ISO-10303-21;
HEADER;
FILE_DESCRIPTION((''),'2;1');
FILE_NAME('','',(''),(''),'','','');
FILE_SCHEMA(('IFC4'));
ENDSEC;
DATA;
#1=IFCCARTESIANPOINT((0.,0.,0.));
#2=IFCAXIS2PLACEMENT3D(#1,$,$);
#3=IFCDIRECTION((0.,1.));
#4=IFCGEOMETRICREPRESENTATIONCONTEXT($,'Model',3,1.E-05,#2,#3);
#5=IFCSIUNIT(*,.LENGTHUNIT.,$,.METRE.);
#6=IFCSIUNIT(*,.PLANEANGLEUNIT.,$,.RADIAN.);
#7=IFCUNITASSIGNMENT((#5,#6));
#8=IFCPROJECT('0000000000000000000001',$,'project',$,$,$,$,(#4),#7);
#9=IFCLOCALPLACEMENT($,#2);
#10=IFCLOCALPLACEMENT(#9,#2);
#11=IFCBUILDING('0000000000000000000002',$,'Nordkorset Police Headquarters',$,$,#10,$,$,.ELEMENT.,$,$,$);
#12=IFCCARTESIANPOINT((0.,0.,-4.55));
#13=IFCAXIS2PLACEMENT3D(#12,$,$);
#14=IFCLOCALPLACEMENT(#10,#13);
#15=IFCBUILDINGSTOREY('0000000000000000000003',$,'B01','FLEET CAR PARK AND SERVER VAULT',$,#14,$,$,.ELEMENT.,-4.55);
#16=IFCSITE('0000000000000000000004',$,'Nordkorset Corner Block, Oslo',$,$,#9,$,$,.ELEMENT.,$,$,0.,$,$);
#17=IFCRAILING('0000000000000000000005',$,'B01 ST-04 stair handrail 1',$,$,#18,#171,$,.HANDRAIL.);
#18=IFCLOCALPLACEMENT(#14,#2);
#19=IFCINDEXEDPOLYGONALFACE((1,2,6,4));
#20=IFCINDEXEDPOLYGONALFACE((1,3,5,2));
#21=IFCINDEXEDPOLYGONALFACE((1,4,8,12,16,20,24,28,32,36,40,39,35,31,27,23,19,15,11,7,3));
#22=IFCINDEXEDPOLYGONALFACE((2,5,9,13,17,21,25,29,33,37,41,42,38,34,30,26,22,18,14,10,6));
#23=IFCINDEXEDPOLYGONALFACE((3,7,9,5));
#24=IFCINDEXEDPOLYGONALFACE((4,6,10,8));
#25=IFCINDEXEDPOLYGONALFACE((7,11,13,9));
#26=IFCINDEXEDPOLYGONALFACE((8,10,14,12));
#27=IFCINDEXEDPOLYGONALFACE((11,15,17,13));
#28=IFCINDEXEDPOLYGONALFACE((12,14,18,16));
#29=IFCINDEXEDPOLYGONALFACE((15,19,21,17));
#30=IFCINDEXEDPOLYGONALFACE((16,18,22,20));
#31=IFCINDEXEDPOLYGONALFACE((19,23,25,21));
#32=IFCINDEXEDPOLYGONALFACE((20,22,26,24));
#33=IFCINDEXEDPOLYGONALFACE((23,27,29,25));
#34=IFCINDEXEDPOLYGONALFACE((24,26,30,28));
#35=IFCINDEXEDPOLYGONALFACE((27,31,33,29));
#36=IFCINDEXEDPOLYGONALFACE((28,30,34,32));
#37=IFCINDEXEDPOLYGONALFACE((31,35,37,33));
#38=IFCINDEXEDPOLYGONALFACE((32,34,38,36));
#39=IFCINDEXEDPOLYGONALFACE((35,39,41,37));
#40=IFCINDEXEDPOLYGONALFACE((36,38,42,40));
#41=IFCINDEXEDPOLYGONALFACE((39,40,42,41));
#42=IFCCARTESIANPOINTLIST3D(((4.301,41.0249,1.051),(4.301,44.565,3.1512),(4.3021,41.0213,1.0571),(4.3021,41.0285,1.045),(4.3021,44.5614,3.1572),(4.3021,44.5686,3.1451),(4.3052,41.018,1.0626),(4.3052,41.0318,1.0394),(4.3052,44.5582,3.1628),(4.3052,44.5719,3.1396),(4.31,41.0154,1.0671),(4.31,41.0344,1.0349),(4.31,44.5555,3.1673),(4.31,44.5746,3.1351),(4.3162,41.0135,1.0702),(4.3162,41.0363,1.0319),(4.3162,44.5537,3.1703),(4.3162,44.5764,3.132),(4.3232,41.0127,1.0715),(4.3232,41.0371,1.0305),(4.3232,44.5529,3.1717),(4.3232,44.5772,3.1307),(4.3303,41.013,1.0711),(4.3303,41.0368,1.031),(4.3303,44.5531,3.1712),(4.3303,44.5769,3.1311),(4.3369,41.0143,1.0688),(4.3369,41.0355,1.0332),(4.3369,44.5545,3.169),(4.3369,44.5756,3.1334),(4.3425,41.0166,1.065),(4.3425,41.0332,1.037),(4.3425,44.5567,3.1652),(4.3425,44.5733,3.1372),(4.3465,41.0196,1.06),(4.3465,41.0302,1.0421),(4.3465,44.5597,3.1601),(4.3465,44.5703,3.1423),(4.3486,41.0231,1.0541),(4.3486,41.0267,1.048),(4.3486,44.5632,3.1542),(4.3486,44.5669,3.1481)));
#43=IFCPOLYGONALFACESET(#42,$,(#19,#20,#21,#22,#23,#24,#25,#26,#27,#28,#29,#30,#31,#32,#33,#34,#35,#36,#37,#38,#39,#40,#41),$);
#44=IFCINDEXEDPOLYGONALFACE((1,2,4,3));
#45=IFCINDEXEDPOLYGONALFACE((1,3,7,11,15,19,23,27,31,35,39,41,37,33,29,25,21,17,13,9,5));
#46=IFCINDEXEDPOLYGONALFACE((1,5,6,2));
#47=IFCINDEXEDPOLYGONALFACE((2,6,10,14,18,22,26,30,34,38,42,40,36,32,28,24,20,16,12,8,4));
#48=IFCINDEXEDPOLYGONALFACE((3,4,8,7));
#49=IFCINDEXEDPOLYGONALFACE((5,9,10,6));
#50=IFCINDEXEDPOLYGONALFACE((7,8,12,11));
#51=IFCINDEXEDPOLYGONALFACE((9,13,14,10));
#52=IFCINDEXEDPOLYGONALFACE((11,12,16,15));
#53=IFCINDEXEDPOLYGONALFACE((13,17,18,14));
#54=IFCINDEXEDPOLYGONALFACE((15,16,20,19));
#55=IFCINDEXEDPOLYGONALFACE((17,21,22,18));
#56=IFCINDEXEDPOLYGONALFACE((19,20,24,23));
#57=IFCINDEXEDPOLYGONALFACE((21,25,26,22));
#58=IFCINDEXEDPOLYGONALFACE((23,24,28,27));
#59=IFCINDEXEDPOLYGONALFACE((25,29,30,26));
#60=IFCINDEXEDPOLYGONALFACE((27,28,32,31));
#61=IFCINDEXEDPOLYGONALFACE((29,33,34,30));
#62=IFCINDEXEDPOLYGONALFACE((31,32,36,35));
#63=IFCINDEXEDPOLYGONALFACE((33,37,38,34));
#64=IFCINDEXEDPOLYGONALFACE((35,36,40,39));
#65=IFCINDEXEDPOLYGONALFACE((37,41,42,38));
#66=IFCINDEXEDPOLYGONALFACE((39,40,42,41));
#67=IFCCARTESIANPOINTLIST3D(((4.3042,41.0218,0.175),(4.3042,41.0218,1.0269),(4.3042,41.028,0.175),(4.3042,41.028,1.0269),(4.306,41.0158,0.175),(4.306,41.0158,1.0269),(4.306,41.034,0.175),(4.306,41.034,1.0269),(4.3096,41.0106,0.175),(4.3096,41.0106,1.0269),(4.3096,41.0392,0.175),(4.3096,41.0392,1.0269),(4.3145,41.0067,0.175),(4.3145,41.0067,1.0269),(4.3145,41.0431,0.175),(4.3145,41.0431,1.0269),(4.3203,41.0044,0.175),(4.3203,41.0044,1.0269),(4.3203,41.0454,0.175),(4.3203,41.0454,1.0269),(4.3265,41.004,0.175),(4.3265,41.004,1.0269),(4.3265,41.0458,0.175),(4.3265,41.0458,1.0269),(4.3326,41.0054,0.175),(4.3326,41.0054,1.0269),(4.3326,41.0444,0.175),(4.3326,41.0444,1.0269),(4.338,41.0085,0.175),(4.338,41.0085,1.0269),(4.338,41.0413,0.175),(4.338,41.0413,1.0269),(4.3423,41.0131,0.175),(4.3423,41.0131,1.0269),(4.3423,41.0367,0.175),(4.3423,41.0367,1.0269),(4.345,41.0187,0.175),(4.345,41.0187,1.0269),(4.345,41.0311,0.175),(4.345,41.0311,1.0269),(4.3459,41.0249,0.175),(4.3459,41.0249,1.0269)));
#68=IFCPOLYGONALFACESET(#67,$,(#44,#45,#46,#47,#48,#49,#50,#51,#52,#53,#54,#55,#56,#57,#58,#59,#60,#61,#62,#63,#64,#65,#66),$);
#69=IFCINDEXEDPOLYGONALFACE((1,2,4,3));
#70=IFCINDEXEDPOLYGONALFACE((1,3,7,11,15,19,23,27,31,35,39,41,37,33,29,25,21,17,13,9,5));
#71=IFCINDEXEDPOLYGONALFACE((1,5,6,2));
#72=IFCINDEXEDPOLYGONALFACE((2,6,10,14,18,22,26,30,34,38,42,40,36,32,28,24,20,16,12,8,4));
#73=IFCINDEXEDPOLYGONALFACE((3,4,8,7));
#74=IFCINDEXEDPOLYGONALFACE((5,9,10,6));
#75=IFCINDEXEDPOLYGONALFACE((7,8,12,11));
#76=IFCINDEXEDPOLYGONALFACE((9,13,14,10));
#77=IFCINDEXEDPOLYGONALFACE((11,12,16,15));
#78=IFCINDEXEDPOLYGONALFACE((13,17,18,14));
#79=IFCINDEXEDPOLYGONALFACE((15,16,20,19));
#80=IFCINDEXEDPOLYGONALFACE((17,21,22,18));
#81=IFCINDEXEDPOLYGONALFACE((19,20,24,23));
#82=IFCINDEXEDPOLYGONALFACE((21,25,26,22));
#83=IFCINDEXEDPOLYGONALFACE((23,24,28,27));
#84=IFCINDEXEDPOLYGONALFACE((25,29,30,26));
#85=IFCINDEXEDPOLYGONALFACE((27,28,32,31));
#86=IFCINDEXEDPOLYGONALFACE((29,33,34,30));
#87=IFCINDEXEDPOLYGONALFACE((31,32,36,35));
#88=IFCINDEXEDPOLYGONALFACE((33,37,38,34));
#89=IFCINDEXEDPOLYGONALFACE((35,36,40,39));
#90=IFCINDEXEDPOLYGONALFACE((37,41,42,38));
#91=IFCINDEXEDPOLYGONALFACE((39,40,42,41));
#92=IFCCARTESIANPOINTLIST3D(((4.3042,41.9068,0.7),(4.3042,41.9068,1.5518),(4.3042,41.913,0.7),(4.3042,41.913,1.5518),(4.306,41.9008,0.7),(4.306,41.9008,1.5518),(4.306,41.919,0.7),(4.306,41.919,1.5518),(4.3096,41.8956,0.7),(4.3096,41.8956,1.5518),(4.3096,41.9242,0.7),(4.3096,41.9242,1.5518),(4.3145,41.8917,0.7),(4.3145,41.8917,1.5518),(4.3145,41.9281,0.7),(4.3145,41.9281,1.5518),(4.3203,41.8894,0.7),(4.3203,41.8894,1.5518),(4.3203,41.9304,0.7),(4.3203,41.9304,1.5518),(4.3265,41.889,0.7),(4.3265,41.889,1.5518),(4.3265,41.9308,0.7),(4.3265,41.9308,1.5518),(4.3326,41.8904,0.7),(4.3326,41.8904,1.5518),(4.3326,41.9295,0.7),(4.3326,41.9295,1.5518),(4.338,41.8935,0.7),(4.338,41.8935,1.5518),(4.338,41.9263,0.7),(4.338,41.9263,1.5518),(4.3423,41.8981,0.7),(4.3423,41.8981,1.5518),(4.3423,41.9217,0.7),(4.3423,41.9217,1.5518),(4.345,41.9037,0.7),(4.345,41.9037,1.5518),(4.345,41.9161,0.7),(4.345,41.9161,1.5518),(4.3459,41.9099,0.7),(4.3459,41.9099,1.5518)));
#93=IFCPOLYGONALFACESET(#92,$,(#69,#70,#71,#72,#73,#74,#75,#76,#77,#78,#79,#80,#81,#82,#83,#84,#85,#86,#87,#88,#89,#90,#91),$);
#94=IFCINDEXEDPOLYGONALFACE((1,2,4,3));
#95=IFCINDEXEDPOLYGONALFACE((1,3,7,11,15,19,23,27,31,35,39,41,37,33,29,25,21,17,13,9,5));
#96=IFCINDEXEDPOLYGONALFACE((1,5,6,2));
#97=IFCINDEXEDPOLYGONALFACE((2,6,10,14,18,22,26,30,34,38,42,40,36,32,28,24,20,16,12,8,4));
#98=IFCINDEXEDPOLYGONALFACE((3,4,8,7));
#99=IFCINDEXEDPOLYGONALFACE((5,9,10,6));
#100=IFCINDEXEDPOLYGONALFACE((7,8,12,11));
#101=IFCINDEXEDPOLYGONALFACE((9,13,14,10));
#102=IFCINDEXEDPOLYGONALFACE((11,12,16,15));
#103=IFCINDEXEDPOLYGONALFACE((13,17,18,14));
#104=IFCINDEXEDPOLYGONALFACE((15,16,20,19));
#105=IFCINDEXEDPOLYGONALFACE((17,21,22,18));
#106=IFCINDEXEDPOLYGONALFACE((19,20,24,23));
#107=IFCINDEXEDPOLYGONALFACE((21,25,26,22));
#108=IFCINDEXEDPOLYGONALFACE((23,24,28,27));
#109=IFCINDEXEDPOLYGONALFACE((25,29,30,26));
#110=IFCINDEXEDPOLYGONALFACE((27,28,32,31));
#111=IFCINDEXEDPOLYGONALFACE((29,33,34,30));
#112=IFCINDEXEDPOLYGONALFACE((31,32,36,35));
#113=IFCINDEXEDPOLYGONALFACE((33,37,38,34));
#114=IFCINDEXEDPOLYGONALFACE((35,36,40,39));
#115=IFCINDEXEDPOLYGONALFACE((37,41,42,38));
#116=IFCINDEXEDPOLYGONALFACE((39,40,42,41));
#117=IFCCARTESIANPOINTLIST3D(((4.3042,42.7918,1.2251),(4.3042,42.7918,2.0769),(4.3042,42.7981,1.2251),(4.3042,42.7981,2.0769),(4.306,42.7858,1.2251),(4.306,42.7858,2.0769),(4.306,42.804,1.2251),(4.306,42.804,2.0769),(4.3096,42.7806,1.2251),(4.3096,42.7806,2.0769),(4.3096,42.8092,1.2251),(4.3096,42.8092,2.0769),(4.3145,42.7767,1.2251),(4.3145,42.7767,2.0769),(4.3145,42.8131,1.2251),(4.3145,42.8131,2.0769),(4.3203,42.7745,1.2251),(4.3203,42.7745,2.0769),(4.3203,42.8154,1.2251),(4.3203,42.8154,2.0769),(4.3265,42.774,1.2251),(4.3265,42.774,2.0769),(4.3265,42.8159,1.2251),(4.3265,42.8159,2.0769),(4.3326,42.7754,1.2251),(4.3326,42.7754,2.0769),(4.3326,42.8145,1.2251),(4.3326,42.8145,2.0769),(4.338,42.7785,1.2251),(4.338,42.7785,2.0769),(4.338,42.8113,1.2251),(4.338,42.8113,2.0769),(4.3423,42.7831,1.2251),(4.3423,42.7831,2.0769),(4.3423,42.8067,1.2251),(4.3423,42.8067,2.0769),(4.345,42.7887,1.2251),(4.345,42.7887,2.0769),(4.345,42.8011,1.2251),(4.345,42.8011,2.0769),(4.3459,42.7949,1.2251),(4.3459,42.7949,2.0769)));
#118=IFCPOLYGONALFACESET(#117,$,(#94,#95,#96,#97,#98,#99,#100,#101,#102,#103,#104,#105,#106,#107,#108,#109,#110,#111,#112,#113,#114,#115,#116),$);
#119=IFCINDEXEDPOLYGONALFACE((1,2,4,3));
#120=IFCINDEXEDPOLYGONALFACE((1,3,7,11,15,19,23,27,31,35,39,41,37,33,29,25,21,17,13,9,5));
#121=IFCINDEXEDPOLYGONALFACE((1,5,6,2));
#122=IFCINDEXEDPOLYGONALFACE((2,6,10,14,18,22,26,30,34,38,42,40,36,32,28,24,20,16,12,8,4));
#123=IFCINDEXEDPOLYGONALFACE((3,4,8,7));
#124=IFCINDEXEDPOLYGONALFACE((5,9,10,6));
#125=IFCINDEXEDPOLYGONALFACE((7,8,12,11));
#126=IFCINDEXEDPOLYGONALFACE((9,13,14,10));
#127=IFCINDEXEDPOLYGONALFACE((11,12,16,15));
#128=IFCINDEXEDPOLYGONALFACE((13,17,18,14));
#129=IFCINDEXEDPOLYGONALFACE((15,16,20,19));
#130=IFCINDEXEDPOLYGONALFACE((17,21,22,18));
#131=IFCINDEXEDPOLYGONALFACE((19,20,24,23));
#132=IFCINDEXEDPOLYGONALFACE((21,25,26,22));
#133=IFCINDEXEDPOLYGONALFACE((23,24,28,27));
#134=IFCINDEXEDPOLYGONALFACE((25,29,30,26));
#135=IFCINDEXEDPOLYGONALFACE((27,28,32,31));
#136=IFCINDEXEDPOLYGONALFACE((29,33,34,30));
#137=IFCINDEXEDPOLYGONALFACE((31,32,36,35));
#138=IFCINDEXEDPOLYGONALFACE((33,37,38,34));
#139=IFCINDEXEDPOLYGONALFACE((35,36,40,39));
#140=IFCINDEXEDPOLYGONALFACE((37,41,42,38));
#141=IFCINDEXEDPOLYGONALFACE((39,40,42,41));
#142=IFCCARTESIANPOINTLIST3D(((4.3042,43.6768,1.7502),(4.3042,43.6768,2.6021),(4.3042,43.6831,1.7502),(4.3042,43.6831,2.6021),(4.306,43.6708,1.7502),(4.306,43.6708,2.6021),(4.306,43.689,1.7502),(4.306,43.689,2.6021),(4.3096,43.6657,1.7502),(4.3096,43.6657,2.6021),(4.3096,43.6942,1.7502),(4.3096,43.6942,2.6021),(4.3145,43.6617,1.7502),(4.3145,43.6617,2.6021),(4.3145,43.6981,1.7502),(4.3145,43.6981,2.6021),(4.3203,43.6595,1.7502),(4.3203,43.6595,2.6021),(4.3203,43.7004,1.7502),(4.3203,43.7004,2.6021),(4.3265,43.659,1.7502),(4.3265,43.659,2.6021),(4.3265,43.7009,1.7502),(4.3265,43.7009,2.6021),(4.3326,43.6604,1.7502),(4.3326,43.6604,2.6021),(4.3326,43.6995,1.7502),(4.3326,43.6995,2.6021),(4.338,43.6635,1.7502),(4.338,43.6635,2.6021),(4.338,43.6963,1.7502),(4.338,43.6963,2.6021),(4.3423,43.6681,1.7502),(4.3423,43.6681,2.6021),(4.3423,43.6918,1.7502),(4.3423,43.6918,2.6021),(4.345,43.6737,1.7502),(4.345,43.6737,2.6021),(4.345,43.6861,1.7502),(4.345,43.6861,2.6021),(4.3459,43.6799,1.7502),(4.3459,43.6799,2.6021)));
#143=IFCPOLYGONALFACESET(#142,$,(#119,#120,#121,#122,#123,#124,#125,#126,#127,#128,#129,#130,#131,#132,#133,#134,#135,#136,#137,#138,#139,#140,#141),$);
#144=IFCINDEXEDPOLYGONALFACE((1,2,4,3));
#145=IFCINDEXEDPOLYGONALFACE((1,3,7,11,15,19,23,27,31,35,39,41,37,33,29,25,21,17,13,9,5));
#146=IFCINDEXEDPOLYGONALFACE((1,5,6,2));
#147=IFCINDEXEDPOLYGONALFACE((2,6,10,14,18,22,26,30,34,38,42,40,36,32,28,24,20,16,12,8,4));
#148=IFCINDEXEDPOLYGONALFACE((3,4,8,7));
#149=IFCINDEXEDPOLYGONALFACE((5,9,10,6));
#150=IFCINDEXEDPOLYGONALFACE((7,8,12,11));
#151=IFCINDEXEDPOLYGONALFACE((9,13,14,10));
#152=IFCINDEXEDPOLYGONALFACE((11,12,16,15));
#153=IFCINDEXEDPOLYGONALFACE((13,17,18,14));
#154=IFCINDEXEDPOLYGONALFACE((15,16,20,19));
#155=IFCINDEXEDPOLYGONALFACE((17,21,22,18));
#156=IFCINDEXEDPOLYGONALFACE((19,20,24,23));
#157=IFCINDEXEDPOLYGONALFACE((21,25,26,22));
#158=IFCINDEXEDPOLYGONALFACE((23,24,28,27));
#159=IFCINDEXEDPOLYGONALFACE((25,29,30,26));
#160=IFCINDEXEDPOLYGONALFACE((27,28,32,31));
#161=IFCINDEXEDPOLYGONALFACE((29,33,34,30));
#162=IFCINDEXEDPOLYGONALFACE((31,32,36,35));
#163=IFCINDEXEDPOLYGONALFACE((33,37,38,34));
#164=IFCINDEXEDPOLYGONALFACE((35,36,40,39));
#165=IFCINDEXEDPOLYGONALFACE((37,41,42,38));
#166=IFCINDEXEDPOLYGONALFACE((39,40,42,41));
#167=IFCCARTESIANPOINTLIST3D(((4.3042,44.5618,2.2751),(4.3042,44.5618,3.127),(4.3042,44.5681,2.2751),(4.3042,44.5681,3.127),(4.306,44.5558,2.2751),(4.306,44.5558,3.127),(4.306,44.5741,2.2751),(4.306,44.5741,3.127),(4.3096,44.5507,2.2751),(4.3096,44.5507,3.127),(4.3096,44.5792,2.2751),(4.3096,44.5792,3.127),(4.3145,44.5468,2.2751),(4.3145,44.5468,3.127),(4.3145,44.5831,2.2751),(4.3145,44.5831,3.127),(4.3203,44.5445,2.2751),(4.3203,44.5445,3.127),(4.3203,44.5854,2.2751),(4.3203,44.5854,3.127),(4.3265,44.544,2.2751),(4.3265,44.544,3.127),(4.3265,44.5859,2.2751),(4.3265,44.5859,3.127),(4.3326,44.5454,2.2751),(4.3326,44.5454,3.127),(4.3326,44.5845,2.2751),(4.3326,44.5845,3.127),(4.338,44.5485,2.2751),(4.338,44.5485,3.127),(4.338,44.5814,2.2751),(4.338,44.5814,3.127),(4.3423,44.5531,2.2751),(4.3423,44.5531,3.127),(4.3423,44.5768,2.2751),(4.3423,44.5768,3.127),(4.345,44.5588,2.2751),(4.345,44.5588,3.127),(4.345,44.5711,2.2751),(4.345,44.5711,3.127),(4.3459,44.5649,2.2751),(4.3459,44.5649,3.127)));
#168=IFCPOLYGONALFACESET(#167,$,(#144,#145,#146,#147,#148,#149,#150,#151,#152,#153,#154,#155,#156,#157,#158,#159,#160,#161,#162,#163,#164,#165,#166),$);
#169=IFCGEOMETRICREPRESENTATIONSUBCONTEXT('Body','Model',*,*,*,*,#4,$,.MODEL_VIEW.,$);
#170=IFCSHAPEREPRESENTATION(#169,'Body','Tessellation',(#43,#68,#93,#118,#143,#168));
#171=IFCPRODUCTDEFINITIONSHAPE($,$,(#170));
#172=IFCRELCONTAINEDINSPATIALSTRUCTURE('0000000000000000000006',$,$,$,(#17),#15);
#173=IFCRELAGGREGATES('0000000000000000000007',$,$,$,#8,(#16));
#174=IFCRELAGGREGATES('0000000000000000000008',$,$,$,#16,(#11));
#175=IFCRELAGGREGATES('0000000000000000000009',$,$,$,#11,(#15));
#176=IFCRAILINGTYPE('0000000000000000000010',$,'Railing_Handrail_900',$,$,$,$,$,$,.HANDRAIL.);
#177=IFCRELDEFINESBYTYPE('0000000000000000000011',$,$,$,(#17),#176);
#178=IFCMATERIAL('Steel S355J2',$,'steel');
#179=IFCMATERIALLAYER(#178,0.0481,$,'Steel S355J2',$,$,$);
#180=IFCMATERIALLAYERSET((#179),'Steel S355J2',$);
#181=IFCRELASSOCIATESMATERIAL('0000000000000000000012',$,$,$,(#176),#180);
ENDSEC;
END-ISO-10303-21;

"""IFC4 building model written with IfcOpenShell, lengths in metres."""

from ifc_helpers import new_model, si_unit, direction, frame, origin, origin_2d, place, context, subcontext, project, spatial, circle, extrude, material, layer, layer_set, type_object, element, save


model = new_model("IFC4")

# Units and contexts
model_context = context("Model", 3, precision=1e-05, world=origin(), true_north=direction((0.0, 1.0)))
body_context = subcontext(model_context, "Body", "Model", "MODEL_VIEW")
ifc_project = project(units=[si_unit("LENGTHUNIT", "METRE"), si_unit("PLANEANGLEUNIT", "RADIAN")], contexts=[model_context])

# Site, building, storey
site_placement = place(None, origin())
site = spatial("IfcSite", under=ifc_project, at=site_placement, Name="Nordkorset Corner Block, Oslo", CompositionType="ELEMENT", RefElevation=0.0)
building_placement = place(site_placement, origin())
building = spatial("IfcBuilding", under=site, at=building_placement, Name="Nordkorset Police Headquarters", CompositionType="ELEMENT")
storey_placement = place(building_placement, frame((0.0, 0.0, -4.55)))
storey = spatial("IfcBuildingStorey", under=building, at=storey_placement, Name="B01", Description="FLEET CAR PARK AND SERVER VAULT", CompositionType="ELEMENT", Elevation=-4.55)

# Railing
ifc_material_1 = material(Name="Steel S355J2", Category="steel")
ifc_layer_1 = layer(ifc_material_1, 0.0481, Name="Steel S355J2")
ifc_layer_set_1 = layer_set([ifc_layer_1], Name="Steel S355J2")
railing_type_1 = type_object("IfcRailingType", Name="Railing_Handrail_900", PredefinedType="HANDRAIL", material=ifc_layer_set_1)
railing_1_placement = place(storey_placement, frame((4.325, 41.0249, 0.175)))
element("IfcRailing", 1, at=railing_1_placement, inside=storey, type_object=railing_type_1, Name="B01 ST-04 stair handrail 1", PredefinedType="HANDRAIL", context=body_context, shape_type="SweptSolid", body=[
    extrude(circle(Radius=0.0239, at=origin_2d()), frame((0.0, 0.0, 0.876), z_axis=(0.0, 0.860047, 0.510215), x_axis=(-1.0, 0.0, 0.0)), (0.0, 0.0, 1.0), 4.1162),
    extrude(circle(Radius=0.021, at=origin_2d()), origin(), (0.0, 0.0, 1.0), 0.8518),
    extrude(circle(Radius=0.021, at=origin_2d()), frame((0.0, 0.885, 0.5249)), (0.0, 0.0, 1.0), 0.8518),
    extrude(circle(Radius=0.021, at=origin_2d()), frame((0.0, 1.77, 1.05)), (0.0, 0.0, 1.0), 0.8518),
    extrude(circle(Radius=0.021, at=origin_2d()), frame((0.0, 2.655, 1.5752)), (0.0, 0.0, 1.0), 0.8518),
    extrude(circle(Radius=0.021, at=origin_2d()), frame((0.0, 3.54, 2.1001)), (0.0, 0.0, 1.0), 0.8518),
])

save(model, "model.ifc")
